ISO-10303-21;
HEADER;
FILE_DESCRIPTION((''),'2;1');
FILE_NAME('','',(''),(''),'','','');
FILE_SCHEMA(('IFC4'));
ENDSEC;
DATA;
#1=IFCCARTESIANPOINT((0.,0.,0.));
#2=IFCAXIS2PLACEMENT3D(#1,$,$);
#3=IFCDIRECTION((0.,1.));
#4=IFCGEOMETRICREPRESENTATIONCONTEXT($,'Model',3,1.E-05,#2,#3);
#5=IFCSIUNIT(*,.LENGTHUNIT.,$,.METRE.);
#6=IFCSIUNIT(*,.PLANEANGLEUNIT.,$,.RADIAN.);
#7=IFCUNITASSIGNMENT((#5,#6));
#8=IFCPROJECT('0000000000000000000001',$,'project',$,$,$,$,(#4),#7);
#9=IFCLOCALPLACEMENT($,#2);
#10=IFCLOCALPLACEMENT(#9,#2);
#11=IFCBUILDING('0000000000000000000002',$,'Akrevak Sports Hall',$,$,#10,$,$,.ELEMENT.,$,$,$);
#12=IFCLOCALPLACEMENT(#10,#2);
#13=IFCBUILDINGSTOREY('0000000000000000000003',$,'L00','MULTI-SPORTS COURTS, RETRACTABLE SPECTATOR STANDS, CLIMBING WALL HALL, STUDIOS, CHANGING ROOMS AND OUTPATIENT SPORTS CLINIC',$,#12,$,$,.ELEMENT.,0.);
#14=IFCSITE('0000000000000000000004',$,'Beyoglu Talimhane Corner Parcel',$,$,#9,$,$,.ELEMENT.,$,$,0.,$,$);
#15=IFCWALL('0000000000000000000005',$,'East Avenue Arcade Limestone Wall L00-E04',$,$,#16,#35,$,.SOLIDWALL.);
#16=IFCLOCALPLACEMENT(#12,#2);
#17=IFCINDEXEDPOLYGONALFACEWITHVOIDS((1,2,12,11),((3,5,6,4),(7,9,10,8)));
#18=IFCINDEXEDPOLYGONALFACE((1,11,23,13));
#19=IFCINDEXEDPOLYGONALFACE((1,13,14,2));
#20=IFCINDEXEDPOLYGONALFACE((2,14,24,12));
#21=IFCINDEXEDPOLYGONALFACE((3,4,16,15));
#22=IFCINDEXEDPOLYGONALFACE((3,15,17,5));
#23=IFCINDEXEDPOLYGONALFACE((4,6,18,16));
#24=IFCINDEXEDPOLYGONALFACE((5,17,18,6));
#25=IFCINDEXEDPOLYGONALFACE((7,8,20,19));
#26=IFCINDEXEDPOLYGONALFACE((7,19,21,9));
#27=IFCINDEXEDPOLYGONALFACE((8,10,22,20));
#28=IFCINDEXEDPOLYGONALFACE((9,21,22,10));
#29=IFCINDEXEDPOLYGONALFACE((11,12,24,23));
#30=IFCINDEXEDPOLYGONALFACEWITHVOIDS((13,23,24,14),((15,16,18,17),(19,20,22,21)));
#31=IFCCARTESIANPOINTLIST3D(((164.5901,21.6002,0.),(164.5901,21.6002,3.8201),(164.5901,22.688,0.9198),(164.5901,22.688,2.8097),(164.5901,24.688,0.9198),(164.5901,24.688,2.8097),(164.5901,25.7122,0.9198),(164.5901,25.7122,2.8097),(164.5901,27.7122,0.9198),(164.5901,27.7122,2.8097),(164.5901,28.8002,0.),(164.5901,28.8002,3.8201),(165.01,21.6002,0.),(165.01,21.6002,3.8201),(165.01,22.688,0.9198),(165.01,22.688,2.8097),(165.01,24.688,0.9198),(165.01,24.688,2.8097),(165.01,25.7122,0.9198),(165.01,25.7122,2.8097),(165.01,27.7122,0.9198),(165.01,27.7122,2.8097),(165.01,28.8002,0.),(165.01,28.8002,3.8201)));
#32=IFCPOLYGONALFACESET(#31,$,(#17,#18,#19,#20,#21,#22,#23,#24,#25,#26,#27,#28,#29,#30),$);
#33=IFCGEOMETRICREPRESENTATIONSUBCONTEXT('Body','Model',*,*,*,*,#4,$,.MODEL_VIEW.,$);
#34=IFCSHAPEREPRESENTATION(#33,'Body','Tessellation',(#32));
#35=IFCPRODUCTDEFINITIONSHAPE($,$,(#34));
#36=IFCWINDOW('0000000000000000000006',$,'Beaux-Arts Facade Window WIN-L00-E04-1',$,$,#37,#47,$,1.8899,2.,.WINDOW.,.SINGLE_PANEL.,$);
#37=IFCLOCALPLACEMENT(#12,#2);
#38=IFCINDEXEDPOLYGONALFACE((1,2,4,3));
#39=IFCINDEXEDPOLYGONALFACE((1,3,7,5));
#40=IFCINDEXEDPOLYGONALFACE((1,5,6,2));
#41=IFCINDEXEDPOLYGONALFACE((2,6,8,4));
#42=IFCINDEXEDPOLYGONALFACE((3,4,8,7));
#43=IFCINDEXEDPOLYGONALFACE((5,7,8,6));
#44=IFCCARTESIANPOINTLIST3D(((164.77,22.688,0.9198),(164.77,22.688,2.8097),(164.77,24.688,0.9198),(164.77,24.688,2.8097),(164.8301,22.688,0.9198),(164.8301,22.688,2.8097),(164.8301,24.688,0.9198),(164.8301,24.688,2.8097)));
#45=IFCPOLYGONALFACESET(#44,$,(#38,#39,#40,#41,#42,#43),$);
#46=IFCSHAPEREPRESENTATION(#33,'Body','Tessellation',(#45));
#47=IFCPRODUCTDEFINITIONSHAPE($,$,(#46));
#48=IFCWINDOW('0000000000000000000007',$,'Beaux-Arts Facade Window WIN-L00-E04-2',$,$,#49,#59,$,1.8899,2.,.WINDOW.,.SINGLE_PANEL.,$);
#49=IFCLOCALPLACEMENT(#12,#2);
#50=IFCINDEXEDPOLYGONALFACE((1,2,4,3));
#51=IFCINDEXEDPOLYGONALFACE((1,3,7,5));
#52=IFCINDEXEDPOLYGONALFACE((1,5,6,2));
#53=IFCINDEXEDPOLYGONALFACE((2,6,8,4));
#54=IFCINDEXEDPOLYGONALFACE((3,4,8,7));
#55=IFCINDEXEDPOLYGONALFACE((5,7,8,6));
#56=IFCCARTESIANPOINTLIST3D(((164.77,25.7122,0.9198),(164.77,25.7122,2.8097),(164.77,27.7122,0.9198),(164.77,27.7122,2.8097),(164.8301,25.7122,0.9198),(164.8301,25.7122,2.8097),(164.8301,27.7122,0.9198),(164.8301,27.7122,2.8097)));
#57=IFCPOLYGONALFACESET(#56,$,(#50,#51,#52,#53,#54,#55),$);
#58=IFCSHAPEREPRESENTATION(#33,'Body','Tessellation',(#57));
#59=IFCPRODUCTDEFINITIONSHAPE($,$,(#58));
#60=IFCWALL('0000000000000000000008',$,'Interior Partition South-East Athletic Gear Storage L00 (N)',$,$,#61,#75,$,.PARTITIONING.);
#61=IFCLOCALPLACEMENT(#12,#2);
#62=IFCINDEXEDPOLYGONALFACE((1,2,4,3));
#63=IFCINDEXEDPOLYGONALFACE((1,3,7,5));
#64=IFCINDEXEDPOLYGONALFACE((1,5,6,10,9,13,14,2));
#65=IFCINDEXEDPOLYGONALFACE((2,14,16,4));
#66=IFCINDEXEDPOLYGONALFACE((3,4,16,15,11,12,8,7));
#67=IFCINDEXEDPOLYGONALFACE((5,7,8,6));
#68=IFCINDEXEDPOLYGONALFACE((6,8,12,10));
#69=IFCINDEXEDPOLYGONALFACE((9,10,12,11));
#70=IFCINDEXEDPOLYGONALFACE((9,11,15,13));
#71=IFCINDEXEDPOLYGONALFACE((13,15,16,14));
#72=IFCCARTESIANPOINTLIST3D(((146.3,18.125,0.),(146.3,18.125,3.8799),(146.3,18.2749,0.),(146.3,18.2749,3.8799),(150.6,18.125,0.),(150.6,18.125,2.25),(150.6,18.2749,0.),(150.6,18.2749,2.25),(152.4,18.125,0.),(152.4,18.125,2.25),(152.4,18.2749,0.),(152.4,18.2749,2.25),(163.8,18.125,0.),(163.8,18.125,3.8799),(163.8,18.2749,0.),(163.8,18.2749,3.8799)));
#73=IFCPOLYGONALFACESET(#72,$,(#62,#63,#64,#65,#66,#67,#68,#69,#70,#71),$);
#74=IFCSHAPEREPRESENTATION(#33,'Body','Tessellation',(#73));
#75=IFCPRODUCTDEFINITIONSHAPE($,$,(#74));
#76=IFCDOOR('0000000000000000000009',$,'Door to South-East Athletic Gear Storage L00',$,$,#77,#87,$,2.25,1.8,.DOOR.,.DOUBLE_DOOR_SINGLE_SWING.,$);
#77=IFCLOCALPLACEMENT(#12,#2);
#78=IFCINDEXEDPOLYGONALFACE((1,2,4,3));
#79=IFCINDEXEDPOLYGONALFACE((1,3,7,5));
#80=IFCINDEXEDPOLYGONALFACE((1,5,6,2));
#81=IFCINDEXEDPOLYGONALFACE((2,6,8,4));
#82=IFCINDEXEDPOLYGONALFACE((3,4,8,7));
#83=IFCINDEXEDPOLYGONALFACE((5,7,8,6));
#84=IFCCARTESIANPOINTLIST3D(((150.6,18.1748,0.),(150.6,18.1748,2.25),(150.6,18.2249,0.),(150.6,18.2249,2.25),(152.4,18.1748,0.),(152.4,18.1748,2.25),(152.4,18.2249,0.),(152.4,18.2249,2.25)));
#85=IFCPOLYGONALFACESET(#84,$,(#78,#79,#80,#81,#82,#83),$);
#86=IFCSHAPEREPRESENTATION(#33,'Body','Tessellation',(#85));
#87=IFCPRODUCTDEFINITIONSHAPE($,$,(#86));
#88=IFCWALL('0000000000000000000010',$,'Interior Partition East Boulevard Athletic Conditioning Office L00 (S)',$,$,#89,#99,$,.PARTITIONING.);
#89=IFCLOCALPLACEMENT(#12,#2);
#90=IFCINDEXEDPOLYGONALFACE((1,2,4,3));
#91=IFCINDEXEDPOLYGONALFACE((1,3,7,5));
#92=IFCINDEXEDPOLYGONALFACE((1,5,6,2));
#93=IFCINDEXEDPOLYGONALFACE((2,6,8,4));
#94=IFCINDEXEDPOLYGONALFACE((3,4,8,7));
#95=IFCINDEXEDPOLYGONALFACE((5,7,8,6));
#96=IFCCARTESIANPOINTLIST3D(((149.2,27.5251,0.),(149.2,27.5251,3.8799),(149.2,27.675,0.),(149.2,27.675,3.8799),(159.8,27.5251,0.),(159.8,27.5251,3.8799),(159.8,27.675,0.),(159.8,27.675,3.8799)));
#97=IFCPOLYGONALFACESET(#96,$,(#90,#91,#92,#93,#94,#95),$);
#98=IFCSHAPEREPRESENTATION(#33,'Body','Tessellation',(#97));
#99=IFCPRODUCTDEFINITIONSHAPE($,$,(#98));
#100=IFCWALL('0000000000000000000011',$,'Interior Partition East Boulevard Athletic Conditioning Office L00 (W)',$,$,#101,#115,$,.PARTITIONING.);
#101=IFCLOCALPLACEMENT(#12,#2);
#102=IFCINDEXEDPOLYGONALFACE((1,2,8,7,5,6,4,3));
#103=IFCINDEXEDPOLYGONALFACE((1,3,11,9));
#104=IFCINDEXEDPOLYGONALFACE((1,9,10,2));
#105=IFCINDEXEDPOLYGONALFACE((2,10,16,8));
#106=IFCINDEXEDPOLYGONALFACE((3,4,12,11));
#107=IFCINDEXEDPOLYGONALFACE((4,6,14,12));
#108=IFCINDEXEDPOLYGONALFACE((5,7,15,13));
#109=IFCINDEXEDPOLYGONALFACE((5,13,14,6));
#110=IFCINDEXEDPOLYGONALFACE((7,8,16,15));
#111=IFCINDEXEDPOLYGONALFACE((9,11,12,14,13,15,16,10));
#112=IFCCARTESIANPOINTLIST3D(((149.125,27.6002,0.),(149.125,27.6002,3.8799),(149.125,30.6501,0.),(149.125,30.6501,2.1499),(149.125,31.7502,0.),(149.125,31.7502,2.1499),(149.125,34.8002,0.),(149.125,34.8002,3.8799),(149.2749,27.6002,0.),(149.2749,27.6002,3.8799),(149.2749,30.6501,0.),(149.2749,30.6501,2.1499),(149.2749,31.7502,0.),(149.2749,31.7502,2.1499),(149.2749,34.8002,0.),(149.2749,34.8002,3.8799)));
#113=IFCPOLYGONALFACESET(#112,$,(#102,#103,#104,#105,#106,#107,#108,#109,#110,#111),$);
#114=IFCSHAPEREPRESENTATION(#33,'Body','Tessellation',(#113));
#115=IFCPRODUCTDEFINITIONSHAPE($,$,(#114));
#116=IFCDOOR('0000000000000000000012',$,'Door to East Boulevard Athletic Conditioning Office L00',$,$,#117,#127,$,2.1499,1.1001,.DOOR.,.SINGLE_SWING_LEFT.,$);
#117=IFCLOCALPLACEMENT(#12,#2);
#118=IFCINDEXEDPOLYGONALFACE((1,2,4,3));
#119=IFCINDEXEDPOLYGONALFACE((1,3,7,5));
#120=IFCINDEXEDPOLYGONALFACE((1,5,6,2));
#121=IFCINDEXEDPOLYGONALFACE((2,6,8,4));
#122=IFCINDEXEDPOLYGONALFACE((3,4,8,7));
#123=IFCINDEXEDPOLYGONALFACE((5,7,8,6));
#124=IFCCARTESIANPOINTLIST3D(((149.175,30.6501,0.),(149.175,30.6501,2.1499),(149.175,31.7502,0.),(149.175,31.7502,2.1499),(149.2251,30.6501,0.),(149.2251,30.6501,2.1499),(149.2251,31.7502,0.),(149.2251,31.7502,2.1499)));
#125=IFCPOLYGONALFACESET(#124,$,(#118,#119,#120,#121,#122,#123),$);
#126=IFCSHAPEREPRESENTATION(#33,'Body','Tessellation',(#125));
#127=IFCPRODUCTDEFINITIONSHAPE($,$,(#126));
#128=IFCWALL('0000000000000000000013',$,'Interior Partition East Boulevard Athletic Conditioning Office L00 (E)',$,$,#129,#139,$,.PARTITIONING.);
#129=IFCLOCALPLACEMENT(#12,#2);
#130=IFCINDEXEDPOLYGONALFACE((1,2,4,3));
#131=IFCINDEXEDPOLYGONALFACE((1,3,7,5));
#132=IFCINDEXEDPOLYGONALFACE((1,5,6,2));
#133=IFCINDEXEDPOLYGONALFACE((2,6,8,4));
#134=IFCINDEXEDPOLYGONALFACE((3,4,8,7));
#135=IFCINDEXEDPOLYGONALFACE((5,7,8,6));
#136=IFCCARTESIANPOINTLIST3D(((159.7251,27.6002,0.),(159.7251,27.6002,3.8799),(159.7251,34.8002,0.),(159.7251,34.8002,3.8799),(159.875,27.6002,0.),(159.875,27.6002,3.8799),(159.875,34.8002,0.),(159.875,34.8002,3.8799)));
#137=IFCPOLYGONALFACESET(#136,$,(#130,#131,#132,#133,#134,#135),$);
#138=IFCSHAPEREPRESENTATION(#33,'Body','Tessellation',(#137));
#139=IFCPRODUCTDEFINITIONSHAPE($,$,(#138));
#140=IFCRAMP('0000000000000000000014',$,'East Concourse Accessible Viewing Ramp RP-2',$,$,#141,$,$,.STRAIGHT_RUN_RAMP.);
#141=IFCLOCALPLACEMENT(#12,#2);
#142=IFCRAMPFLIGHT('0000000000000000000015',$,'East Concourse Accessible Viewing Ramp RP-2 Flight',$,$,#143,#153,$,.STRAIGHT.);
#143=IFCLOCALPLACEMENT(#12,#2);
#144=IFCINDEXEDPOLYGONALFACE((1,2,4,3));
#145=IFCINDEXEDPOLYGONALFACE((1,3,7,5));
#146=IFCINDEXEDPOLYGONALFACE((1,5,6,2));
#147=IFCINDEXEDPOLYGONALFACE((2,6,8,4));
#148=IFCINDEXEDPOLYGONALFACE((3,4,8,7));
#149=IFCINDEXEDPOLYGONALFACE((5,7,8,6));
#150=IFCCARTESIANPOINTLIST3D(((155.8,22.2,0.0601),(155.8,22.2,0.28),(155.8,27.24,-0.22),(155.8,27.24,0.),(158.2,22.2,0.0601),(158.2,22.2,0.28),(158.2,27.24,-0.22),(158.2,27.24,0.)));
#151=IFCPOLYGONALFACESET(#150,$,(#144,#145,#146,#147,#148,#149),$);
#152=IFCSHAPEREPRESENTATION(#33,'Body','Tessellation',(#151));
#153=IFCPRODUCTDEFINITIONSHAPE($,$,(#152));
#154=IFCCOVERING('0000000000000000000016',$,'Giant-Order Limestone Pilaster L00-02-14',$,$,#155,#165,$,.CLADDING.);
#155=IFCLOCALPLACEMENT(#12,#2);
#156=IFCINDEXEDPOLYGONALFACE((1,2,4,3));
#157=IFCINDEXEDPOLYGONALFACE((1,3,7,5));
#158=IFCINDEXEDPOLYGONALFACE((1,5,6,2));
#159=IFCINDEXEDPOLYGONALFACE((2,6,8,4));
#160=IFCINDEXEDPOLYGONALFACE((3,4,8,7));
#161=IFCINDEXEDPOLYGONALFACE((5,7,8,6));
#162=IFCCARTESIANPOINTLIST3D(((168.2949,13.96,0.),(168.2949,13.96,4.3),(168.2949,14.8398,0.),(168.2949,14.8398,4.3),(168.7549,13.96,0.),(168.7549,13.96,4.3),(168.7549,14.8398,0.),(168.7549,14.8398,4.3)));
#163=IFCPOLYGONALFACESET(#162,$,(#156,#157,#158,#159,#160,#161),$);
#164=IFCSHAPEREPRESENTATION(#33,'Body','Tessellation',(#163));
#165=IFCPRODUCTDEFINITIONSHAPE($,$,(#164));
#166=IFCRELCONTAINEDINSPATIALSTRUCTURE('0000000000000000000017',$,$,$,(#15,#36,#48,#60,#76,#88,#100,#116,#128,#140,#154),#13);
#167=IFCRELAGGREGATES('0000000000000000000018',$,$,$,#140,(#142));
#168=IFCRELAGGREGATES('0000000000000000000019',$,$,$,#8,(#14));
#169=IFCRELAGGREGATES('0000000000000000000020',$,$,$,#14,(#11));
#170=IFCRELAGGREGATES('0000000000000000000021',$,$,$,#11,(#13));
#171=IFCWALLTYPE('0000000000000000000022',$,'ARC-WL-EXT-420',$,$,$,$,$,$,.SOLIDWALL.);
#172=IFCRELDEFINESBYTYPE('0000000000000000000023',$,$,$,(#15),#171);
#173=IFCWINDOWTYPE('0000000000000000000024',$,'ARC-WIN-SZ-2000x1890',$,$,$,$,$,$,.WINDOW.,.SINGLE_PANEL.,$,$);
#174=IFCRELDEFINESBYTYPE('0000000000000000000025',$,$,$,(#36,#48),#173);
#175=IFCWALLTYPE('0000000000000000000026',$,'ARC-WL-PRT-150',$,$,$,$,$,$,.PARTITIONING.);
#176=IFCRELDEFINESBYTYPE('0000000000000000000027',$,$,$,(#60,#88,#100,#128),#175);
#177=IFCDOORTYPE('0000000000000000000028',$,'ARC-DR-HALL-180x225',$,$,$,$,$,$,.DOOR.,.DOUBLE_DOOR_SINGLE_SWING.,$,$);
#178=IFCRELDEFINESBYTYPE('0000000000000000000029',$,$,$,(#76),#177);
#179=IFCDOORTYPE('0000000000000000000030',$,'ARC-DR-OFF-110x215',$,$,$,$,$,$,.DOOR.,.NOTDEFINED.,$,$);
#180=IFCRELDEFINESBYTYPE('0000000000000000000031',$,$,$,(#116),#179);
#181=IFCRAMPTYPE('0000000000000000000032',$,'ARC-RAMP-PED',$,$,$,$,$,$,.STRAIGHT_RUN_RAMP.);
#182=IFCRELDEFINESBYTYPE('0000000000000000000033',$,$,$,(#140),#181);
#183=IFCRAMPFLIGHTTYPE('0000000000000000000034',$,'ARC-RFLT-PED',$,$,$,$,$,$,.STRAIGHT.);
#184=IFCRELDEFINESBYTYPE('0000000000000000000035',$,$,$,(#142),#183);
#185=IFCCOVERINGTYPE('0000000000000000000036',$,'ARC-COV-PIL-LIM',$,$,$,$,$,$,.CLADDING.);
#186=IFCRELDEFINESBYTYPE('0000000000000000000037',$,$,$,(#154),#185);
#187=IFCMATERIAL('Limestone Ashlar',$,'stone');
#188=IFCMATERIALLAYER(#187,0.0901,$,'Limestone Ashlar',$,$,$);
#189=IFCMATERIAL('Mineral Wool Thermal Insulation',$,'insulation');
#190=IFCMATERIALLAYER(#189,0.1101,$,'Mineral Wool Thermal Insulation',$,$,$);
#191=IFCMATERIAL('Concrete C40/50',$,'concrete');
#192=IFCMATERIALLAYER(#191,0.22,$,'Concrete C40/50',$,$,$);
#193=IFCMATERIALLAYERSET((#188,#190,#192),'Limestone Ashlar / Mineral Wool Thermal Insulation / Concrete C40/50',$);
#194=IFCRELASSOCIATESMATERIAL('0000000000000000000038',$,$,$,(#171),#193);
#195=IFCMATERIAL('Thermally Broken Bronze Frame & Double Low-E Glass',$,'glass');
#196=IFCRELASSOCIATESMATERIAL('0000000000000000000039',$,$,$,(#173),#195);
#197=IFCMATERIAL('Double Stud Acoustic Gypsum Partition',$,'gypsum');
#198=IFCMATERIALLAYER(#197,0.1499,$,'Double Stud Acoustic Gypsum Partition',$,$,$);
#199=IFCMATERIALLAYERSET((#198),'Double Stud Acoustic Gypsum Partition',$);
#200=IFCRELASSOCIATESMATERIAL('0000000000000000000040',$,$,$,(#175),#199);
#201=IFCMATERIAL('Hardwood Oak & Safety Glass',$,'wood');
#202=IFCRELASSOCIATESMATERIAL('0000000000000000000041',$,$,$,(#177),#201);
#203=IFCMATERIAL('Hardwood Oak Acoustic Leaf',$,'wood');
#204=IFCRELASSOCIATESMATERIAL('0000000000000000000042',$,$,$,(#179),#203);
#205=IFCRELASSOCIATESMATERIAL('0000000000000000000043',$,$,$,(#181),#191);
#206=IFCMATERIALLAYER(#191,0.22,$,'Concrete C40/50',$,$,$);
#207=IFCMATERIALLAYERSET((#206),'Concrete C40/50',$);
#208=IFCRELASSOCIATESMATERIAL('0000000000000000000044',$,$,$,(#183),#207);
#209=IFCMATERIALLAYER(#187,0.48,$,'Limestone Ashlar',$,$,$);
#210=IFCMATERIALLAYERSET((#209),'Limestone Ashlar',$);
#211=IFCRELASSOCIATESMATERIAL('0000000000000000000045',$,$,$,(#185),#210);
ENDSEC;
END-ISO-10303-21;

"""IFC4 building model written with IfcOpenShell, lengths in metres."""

from ifc_helpers import new_model, si_unit, direction, frame, frame_2d, origin, origin_2d, place, context, subcontext, project, spatial, polyline, rectangle, outline, extrude, material, layer, layer_set, type_object, element, fill, aggregate, save


model = new_model("IFC4")

# Units and contexts
model_context = context("Model", 3, precision=1e-05, world=origin(), true_north=direction((0.0, 1.0)))
body_context = subcontext(model_context, "Body", "Model", "MODEL_VIEW")
ifc_project = project(units=[si_unit("LENGTHUNIT", "METRE"), si_unit("PLANEANGLEUNIT", "RADIAN")], contexts=[model_context])

# Site, building, storey
site_placement = place(None, origin())
site = spatial("IfcSite", under=ifc_project, at=site_placement, Name="Beyoglu Talimhane Corner Parcel", CompositionType="ELEMENT", RefElevation=0.0)
building_placement = place(site_placement, origin())
building = spatial("IfcBuilding", under=site, at=building_placement, Name="Akrevak Sports Hall", CompositionType="ELEMENT")
storey_placement = place(building_placement, origin())
storey = spatial("IfcBuildingStorey", under=building, at=storey_placement, Name="L00", Description="MULTI-SPORTS COURTS, RETRACTABLE SPECTATOR STANDS, CLIMBING WALL HALL, STUDIOS, CHANGING ROOMS AND OUTPATIENT SPORTS CLINIC", CompositionType="ELEMENT", Elevation=0.0)

# Shared definitions
ifc_material_1 = material(Name="Concrete C40/50", Category="concrete")

# Shared definitions
ifc_material_2 = material(Name="Limestone Ashlar", Category="stone")
ifc_layer_1 = layer(ifc_material_2, 0.0901, Name="Limestone Ashlar")
ifc_material_3 = material(Name="Mineral Wool Thermal Insulation", Category="insulation")
ifc_layer_2 = layer(ifc_material_3, 0.1101, Name="Mineral Wool Thermal Insulation")
ifc_layer_3 = layer(ifc_material_1, 0.22, Name="Concrete C40/50")
ifc_layer_set_1 = layer_set([ifc_layer_1, ifc_layer_2, ifc_layer_3], Name="Limestone Ashlar / Mineral Wool Thermal Insulation / Concrete C40/50")
wall_type_1 = type_object("IfcWallType", Name="ARC-WL-EXT-420", PredefinedType="SOLIDWALL", material=ifc_layer_set_1)
ifc_material_4 = material(Name="Thermally Broken Bronze Frame & Double Low-E Glass", Category="glass")
window_type = type_object("IfcWindowType", Name="ARC-WIN-SZ-2000x1890", PartitioningType="SINGLE_PANEL", PredefinedType="WINDOW", material=ifc_material_4)

# Wall, openings, windows
wall_1_placement = place(storey_placement, frame((164.8, 21.6001, 0.0), z_axis=(0.0, 0.0, 1.0), x_axis=(0.0, 1.0, 0.0)))
wall_1 = element("IfcWall", 1, at=wall_1_placement, inside=storey, type_object=wall_type_1, Name="East Avenue Arcade Limestone Wall L00-E04", PredefinedType="SOLIDWALL", context=body_context, shape_type="SweptSolid", body=[
    extrude(rectangle(XDim=7.2, YDim=0.4199, at=frame_2d((3.6001, 0.0))), origin(), (0.0, 0.0, 1.0), 3.8201),
])
opening_1_placement = place(wall_1_placement, frame((1.0879, 0.0, 0.9199)))
opening_1 = element("IfcOpeningElement", 2, at=opening_1_placement, cuts=wall_1, PredefinedType="OPENING", context=body_context, shape_type="SweptSolid", body=[
    extrude(rectangle(XDim=2.0, YDim=1.8899, at=frame_2d((1.0, 0.9448))), frame((0.0, 0.2219, 0.0), z_axis=(0.0, -1.0, 0.0), x_axis=(1.0, 0.0, 0.0)), (0.0, 0.0, 1.0), 0.4438),
])
opening_2_placement = place(wall_1_placement, frame((4.1121, 0.0, 0.9199)))
opening_2 = element("IfcOpeningElement", 3, at=opening_2_placement, cuts=wall_1, PredefinedType="OPENING", context=body_context, shape_type="SweptSolid", body=[
    extrude(rectangle(XDim=2.0, YDim=1.8899, at=frame_2d((1.0, 0.9448))), frame((0.0, 0.2219, 0.0), z_axis=(0.0, -1.0, 0.0), x_axis=(1.0, 0.0, 0.0)), (0.0, 0.0, 1.0), 0.4438),
])
window_1_placement = place(opening_1_placement, origin())
window_1 = element("IfcWindow", 4, at=window_1_placement, inside=storey, type_object=window_type, Name="Beaux-Arts Facade Window WIN-L00-E04-1", OverallHeight=1.8899, OverallWidth=2.0, PartitioningType="SINGLE_PANEL", PredefinedType="WINDOW", context=body_context, shape_type="SweptSolid", body=[
    extrude(rectangle(XDim=2.0, YDim=1.8899, at=frame_2d((1.0, 0.9448))), frame((0.0, 0.03, 0.0), z_axis=(0.0, -1.0, 0.0), x_axis=(1.0, 0.0, 0.0)), (0.0, 0.0, 1.0), 0.0601),
])
fill(opening_1, window_1)
window_2_placement = place(opening_2_placement, origin())
window_2 = element("IfcWindow", 5, at=window_2_placement, inside=storey, type_object=window_type, Name="Beaux-Arts Facade Window WIN-L00-E04-2", OverallHeight=1.8899, OverallWidth=2.0, PartitioningType="SINGLE_PANEL", PredefinedType="WINDOW", context=body_context, shape_type="SweptSolid", body=[
    extrude(rectangle(XDim=2.0, YDim=1.8899, at=frame_2d((1.0, 0.9448))), frame((0.0, 0.03, 0.0), z_axis=(0.0, -1.0, 0.0), x_axis=(1.0, 0.0, 0.0)), (0.0, 0.0, 1.0), 0.0601),
])
fill(opening_2, window_2)

# Wall, opening, door
ifc_material_5 = material(Name="Double Stud Acoustic Gypsum Partition", Category="gypsum")
ifc_layer_4 = layer(ifc_material_5, 0.1499, Name="Double Stud Acoustic Gypsum Partition")
ifc_layer_set_2 = layer_set([ifc_layer_4], Name="Double Stud Acoustic Gypsum Partition")
wall_type_2 = type_object("IfcWallType", Name="ARC-WL-PRT-150", PredefinedType="PARTITIONING", material=ifc_layer_set_2)
wall_2_placement = place(storey_placement, frame((146.3, 18.2, 0.0), z_axis=(0.0, 0.0, 1.0), x_axis=(1.0, 0.0, 0.0)))
wall_2 = element("IfcWall", 6, at=wall_2_placement, inside=storey, type_object=wall_type_2, Name="Interior Partition South-East Athletic Gear Storage L00 (N)", PredefinedType="PARTITIONING", context=body_context, shape_type="SweptSolid", body=[
    extrude(rectangle(XDim=17.5, YDim=0.1499, at=frame_2d((8.75, 0.0))), origin(), (0.0, 0.0, 1.0), 3.8799),
])
opening_3_placement = place(wall_2_placement, frame((4.3, 0.0, 0.0)))
opening_3 = element("IfcOpeningElement", 7, at=opening_3_placement, cuts=wall_2, PredefinedType="OPENING", context=body_context, shape_type="SweptSolid", body=[
    extrude(rectangle(XDim=1.8, YDim=2.25, at=frame_2d((0.8999, 1.125))), frame((0.0, 0.0869, 0.0), z_axis=(0.0, -1.0, 0.0), x_axis=(1.0, 0.0, 0.0)), (0.0, 0.0, 1.0), 0.1738),
])
ifc_material_6 = material(Name="Hardwood Oak & Safety Glass", Category="wood")
door_type_1 = type_object("IfcDoorType", Name="ARC-DR-HALL-180x225", OperationType="DOUBLE_DOOR_SINGLE_SWING", PredefinedType="DOOR", material=ifc_material_6)
door_1_placement = place(opening_3_placement, origin())
door_1 = element("IfcDoor", 8, at=door_1_placement, inside=storey, type_object=door_type_1, Name="Door to South-East Athletic Gear Storage L00", OperationType="DOUBLE_DOOR_SINGLE_SWING", OverallHeight=2.25, OverallWidth=1.8, PredefinedType="DOOR", context=body_context, shape_type="SweptSolid", body=[
    extrude(rectangle(XDim=1.8, YDim=2.25, at=frame_2d((0.8999, 1.125))), frame((0.0, 0.0249, 0.0), z_axis=(0.0, -1.0, 0.0), x_axis=(1.0, 0.0, 0.0)), (0.0, 0.0, 1.0), 0.05),
])
fill(opening_3, door_1)

# Wall
wall_3_placement = place(storey_placement, frame((149.2, 27.6001, 0.0), z_axis=(0.0, 0.0, 1.0), x_axis=(1.0, 0.0, 0.0)))
element("IfcWall", 9, at=wall_3_placement, inside=storey, type_object=wall_type_2, Name="Interior Partition East Boulevard Athletic Conditioning Office L00 (S)", PredefinedType="PARTITIONING", context=body_context, shape_type="SweptSolid", body=[
    extrude(rectangle(XDim=10.6001, YDim=0.1499, at=frame_2d((5.3, 0.0))), origin(), (0.0, 0.0, 1.0), 3.8799),
])

# Wall, opening, door
wall_4_placement = place(storey_placement, frame((149.2, 27.6001, 0.0), z_axis=(0.0, 0.0, 1.0), x_axis=(0.0, 1.0, 0.0)))
wall_4 = element("IfcWall", 10, at=wall_4_placement, inside=storey, type_object=wall_type_2, Name="Interior Partition East Boulevard Athletic Conditioning Office L00 (W)", PredefinedType="PARTITIONING", context=body_context, shape_type="SweptSolid", body=[
    extrude(rectangle(XDim=7.2, YDim=0.1499, at=frame_2d((3.6001, 0.0))), origin(), (0.0, 0.0, 1.0), 3.8799),
])
opening_4_placement = place(wall_4_placement, frame((3.05, 0.0, 0.0)))
opening_4 = element("IfcOpeningElement", 11, at=opening_4_placement, cuts=wall_4, PredefinedType="OPENING", context=body_context, shape_type="SweptSolid", body=[
    extrude(rectangle(XDim=1.1001, YDim=2.1499, at=frame_2d((0.55, 1.075))), frame((0.0, 0.0869, 0.0), z_axis=(0.0, -1.0, 0.0), x_axis=(1.0, 0.0, 0.0)), (0.0, 0.0, 1.0), 0.1738),
])
ifc_material_7 = material(Name="Hardwood Oak Acoustic Leaf", Category="wood")
door_type_2 = type_object("IfcDoorType", Name="ARC-DR-OFF-110x215", OperationType="NOTDEFINED", PredefinedType="DOOR", material=ifc_material_7)
door_2_placement = place(opening_4_placement, origin())
door_2 = element("IfcDoor", 12, at=door_2_placement, inside=storey, type_object=door_type_2, Name="Door to East Boulevard Athletic Conditioning Office L00", OperationType="SINGLE_SWING_LEFT", OverallHeight=2.1499, OverallWidth=1.1001, PredefinedType="DOOR", context=body_context, shape_type="SweptSolid", body=[
    extrude(rectangle(XDim=1.1001, YDim=2.1499, at=frame_2d((0.55, 1.075))), frame((0.0, 0.0249, 0.0), z_axis=(0.0, -1.0, 0.0), x_axis=(1.0, 0.0, 0.0)), (0.0, 0.0, 1.0), 0.05),
])
fill(opening_4, door_2)

# Wall
wall_5_placement = place(storey_placement, frame((159.8, 27.6001, 0.0), z_axis=(0.0, 0.0, 1.0), x_axis=(0.0, 1.0, 0.0)))
element("IfcWall", 13, at=wall_5_placement, inside=storey, type_object=wall_type_2, Name="Interior Partition East Boulevard Athletic Conditioning Office L00 (E)", PredefinedType="PARTITIONING", context=body_context, shape_type="SweptSolid", body=[
    extrude(rectangle(XDim=7.2, YDim=0.1499, at=frame_2d((3.6001, 0.0))), origin(), (0.0, 0.0, 1.0), 3.8799),
])

# Ramp, ramp flight
ramp_type = type_object("IfcRampType", Name="ARC-RAMP-PED", PredefinedType="STRAIGHT_RUN_RAMP", material=ifc_material_1)
ramp_placement = place(storey_placement, origin())
ramp = element("IfcRamp", 14, at=ramp_placement, inside=storey, type_object=ramp_type, Name="East Concourse Accessible Viewing Ramp RP-2", PredefinedType="STRAIGHT_RUN_RAMP")
ifc_layer_5 = layer(ifc_material_1, 0.22, Name="Concrete C40/50")
ifc_layer_set_3 = layer_set([ifc_layer_5], Name="Concrete C40/50")
ramp_flight_type = type_object("IfcRampFlightType", Name="ARC-RFLT-PED", PredefinedType="STRAIGHT", material=ifc_layer_set_3)
ramp_flight_placement = place(storey_placement, frame((157.0, 27.24, 0.0), z_axis=(0.0, 0.0, 1.0), x_axis=(0.0, -1.0, 0.0)))
ramp_flight = element("IfcRampFlight", 15, at=ramp_flight_placement, type_object=ramp_flight_type, Name="East Concourse Accessible Viewing Ramp RP-2 Flight", PredefinedType="STRAIGHT", context=body_context, shape_type="SweptSolid", body=[
    extrude(outline(polyline([(0.0, 0.0), (5.04, 0.28), (5.04, 0.0601), (0.0, -0.22), (0.0, 0.0)])), frame((0.0, 1.2, 0.0), z_axis=(0.0, -1.0, 0.0), x_axis=(1.0, 0.0, 0.0)), (0.0, 0.0, 1.0), 2.3999),
])
aggregate(ramp, [ramp_flight])

# Covering
ifc_layer_6 = layer(ifc_material_2, 0.48, Name="Limestone Ashlar")
ifc_layer_set_4 = layer_set([ifc_layer_6], Name="Limestone Ashlar")
covering_type = type_object("IfcCoveringType", Name="ARC-COV-PIL-LIM", PredefinedType="CLADDING", material=ifc_layer_set_4)
for number, where, z_axis, x_axis, name in (
    (16, (168.5249, 14.3999, 0.0), (0.0, 0.0, 1.0), (0.0, 1.0, 0.0), "Giant-Order Limestone Pilaster L00-02-14"),
):
    element("IfcCovering", number, at=place(storey_placement, frame(where, z_axis=z_axis, x_axis=x_axis)), inside=storey, type_object=covering_type, Name=name, PredefinedType="CLADDING", context=body_context, shape_type="SweptSolid", body=[
        extrude(rectangle(XDim=0.8799, YDim=0.46, at=origin_2d()), origin(), (0.0, 0.0, 1.0), 4.3),
    ])

save(model, "model.ifc")
